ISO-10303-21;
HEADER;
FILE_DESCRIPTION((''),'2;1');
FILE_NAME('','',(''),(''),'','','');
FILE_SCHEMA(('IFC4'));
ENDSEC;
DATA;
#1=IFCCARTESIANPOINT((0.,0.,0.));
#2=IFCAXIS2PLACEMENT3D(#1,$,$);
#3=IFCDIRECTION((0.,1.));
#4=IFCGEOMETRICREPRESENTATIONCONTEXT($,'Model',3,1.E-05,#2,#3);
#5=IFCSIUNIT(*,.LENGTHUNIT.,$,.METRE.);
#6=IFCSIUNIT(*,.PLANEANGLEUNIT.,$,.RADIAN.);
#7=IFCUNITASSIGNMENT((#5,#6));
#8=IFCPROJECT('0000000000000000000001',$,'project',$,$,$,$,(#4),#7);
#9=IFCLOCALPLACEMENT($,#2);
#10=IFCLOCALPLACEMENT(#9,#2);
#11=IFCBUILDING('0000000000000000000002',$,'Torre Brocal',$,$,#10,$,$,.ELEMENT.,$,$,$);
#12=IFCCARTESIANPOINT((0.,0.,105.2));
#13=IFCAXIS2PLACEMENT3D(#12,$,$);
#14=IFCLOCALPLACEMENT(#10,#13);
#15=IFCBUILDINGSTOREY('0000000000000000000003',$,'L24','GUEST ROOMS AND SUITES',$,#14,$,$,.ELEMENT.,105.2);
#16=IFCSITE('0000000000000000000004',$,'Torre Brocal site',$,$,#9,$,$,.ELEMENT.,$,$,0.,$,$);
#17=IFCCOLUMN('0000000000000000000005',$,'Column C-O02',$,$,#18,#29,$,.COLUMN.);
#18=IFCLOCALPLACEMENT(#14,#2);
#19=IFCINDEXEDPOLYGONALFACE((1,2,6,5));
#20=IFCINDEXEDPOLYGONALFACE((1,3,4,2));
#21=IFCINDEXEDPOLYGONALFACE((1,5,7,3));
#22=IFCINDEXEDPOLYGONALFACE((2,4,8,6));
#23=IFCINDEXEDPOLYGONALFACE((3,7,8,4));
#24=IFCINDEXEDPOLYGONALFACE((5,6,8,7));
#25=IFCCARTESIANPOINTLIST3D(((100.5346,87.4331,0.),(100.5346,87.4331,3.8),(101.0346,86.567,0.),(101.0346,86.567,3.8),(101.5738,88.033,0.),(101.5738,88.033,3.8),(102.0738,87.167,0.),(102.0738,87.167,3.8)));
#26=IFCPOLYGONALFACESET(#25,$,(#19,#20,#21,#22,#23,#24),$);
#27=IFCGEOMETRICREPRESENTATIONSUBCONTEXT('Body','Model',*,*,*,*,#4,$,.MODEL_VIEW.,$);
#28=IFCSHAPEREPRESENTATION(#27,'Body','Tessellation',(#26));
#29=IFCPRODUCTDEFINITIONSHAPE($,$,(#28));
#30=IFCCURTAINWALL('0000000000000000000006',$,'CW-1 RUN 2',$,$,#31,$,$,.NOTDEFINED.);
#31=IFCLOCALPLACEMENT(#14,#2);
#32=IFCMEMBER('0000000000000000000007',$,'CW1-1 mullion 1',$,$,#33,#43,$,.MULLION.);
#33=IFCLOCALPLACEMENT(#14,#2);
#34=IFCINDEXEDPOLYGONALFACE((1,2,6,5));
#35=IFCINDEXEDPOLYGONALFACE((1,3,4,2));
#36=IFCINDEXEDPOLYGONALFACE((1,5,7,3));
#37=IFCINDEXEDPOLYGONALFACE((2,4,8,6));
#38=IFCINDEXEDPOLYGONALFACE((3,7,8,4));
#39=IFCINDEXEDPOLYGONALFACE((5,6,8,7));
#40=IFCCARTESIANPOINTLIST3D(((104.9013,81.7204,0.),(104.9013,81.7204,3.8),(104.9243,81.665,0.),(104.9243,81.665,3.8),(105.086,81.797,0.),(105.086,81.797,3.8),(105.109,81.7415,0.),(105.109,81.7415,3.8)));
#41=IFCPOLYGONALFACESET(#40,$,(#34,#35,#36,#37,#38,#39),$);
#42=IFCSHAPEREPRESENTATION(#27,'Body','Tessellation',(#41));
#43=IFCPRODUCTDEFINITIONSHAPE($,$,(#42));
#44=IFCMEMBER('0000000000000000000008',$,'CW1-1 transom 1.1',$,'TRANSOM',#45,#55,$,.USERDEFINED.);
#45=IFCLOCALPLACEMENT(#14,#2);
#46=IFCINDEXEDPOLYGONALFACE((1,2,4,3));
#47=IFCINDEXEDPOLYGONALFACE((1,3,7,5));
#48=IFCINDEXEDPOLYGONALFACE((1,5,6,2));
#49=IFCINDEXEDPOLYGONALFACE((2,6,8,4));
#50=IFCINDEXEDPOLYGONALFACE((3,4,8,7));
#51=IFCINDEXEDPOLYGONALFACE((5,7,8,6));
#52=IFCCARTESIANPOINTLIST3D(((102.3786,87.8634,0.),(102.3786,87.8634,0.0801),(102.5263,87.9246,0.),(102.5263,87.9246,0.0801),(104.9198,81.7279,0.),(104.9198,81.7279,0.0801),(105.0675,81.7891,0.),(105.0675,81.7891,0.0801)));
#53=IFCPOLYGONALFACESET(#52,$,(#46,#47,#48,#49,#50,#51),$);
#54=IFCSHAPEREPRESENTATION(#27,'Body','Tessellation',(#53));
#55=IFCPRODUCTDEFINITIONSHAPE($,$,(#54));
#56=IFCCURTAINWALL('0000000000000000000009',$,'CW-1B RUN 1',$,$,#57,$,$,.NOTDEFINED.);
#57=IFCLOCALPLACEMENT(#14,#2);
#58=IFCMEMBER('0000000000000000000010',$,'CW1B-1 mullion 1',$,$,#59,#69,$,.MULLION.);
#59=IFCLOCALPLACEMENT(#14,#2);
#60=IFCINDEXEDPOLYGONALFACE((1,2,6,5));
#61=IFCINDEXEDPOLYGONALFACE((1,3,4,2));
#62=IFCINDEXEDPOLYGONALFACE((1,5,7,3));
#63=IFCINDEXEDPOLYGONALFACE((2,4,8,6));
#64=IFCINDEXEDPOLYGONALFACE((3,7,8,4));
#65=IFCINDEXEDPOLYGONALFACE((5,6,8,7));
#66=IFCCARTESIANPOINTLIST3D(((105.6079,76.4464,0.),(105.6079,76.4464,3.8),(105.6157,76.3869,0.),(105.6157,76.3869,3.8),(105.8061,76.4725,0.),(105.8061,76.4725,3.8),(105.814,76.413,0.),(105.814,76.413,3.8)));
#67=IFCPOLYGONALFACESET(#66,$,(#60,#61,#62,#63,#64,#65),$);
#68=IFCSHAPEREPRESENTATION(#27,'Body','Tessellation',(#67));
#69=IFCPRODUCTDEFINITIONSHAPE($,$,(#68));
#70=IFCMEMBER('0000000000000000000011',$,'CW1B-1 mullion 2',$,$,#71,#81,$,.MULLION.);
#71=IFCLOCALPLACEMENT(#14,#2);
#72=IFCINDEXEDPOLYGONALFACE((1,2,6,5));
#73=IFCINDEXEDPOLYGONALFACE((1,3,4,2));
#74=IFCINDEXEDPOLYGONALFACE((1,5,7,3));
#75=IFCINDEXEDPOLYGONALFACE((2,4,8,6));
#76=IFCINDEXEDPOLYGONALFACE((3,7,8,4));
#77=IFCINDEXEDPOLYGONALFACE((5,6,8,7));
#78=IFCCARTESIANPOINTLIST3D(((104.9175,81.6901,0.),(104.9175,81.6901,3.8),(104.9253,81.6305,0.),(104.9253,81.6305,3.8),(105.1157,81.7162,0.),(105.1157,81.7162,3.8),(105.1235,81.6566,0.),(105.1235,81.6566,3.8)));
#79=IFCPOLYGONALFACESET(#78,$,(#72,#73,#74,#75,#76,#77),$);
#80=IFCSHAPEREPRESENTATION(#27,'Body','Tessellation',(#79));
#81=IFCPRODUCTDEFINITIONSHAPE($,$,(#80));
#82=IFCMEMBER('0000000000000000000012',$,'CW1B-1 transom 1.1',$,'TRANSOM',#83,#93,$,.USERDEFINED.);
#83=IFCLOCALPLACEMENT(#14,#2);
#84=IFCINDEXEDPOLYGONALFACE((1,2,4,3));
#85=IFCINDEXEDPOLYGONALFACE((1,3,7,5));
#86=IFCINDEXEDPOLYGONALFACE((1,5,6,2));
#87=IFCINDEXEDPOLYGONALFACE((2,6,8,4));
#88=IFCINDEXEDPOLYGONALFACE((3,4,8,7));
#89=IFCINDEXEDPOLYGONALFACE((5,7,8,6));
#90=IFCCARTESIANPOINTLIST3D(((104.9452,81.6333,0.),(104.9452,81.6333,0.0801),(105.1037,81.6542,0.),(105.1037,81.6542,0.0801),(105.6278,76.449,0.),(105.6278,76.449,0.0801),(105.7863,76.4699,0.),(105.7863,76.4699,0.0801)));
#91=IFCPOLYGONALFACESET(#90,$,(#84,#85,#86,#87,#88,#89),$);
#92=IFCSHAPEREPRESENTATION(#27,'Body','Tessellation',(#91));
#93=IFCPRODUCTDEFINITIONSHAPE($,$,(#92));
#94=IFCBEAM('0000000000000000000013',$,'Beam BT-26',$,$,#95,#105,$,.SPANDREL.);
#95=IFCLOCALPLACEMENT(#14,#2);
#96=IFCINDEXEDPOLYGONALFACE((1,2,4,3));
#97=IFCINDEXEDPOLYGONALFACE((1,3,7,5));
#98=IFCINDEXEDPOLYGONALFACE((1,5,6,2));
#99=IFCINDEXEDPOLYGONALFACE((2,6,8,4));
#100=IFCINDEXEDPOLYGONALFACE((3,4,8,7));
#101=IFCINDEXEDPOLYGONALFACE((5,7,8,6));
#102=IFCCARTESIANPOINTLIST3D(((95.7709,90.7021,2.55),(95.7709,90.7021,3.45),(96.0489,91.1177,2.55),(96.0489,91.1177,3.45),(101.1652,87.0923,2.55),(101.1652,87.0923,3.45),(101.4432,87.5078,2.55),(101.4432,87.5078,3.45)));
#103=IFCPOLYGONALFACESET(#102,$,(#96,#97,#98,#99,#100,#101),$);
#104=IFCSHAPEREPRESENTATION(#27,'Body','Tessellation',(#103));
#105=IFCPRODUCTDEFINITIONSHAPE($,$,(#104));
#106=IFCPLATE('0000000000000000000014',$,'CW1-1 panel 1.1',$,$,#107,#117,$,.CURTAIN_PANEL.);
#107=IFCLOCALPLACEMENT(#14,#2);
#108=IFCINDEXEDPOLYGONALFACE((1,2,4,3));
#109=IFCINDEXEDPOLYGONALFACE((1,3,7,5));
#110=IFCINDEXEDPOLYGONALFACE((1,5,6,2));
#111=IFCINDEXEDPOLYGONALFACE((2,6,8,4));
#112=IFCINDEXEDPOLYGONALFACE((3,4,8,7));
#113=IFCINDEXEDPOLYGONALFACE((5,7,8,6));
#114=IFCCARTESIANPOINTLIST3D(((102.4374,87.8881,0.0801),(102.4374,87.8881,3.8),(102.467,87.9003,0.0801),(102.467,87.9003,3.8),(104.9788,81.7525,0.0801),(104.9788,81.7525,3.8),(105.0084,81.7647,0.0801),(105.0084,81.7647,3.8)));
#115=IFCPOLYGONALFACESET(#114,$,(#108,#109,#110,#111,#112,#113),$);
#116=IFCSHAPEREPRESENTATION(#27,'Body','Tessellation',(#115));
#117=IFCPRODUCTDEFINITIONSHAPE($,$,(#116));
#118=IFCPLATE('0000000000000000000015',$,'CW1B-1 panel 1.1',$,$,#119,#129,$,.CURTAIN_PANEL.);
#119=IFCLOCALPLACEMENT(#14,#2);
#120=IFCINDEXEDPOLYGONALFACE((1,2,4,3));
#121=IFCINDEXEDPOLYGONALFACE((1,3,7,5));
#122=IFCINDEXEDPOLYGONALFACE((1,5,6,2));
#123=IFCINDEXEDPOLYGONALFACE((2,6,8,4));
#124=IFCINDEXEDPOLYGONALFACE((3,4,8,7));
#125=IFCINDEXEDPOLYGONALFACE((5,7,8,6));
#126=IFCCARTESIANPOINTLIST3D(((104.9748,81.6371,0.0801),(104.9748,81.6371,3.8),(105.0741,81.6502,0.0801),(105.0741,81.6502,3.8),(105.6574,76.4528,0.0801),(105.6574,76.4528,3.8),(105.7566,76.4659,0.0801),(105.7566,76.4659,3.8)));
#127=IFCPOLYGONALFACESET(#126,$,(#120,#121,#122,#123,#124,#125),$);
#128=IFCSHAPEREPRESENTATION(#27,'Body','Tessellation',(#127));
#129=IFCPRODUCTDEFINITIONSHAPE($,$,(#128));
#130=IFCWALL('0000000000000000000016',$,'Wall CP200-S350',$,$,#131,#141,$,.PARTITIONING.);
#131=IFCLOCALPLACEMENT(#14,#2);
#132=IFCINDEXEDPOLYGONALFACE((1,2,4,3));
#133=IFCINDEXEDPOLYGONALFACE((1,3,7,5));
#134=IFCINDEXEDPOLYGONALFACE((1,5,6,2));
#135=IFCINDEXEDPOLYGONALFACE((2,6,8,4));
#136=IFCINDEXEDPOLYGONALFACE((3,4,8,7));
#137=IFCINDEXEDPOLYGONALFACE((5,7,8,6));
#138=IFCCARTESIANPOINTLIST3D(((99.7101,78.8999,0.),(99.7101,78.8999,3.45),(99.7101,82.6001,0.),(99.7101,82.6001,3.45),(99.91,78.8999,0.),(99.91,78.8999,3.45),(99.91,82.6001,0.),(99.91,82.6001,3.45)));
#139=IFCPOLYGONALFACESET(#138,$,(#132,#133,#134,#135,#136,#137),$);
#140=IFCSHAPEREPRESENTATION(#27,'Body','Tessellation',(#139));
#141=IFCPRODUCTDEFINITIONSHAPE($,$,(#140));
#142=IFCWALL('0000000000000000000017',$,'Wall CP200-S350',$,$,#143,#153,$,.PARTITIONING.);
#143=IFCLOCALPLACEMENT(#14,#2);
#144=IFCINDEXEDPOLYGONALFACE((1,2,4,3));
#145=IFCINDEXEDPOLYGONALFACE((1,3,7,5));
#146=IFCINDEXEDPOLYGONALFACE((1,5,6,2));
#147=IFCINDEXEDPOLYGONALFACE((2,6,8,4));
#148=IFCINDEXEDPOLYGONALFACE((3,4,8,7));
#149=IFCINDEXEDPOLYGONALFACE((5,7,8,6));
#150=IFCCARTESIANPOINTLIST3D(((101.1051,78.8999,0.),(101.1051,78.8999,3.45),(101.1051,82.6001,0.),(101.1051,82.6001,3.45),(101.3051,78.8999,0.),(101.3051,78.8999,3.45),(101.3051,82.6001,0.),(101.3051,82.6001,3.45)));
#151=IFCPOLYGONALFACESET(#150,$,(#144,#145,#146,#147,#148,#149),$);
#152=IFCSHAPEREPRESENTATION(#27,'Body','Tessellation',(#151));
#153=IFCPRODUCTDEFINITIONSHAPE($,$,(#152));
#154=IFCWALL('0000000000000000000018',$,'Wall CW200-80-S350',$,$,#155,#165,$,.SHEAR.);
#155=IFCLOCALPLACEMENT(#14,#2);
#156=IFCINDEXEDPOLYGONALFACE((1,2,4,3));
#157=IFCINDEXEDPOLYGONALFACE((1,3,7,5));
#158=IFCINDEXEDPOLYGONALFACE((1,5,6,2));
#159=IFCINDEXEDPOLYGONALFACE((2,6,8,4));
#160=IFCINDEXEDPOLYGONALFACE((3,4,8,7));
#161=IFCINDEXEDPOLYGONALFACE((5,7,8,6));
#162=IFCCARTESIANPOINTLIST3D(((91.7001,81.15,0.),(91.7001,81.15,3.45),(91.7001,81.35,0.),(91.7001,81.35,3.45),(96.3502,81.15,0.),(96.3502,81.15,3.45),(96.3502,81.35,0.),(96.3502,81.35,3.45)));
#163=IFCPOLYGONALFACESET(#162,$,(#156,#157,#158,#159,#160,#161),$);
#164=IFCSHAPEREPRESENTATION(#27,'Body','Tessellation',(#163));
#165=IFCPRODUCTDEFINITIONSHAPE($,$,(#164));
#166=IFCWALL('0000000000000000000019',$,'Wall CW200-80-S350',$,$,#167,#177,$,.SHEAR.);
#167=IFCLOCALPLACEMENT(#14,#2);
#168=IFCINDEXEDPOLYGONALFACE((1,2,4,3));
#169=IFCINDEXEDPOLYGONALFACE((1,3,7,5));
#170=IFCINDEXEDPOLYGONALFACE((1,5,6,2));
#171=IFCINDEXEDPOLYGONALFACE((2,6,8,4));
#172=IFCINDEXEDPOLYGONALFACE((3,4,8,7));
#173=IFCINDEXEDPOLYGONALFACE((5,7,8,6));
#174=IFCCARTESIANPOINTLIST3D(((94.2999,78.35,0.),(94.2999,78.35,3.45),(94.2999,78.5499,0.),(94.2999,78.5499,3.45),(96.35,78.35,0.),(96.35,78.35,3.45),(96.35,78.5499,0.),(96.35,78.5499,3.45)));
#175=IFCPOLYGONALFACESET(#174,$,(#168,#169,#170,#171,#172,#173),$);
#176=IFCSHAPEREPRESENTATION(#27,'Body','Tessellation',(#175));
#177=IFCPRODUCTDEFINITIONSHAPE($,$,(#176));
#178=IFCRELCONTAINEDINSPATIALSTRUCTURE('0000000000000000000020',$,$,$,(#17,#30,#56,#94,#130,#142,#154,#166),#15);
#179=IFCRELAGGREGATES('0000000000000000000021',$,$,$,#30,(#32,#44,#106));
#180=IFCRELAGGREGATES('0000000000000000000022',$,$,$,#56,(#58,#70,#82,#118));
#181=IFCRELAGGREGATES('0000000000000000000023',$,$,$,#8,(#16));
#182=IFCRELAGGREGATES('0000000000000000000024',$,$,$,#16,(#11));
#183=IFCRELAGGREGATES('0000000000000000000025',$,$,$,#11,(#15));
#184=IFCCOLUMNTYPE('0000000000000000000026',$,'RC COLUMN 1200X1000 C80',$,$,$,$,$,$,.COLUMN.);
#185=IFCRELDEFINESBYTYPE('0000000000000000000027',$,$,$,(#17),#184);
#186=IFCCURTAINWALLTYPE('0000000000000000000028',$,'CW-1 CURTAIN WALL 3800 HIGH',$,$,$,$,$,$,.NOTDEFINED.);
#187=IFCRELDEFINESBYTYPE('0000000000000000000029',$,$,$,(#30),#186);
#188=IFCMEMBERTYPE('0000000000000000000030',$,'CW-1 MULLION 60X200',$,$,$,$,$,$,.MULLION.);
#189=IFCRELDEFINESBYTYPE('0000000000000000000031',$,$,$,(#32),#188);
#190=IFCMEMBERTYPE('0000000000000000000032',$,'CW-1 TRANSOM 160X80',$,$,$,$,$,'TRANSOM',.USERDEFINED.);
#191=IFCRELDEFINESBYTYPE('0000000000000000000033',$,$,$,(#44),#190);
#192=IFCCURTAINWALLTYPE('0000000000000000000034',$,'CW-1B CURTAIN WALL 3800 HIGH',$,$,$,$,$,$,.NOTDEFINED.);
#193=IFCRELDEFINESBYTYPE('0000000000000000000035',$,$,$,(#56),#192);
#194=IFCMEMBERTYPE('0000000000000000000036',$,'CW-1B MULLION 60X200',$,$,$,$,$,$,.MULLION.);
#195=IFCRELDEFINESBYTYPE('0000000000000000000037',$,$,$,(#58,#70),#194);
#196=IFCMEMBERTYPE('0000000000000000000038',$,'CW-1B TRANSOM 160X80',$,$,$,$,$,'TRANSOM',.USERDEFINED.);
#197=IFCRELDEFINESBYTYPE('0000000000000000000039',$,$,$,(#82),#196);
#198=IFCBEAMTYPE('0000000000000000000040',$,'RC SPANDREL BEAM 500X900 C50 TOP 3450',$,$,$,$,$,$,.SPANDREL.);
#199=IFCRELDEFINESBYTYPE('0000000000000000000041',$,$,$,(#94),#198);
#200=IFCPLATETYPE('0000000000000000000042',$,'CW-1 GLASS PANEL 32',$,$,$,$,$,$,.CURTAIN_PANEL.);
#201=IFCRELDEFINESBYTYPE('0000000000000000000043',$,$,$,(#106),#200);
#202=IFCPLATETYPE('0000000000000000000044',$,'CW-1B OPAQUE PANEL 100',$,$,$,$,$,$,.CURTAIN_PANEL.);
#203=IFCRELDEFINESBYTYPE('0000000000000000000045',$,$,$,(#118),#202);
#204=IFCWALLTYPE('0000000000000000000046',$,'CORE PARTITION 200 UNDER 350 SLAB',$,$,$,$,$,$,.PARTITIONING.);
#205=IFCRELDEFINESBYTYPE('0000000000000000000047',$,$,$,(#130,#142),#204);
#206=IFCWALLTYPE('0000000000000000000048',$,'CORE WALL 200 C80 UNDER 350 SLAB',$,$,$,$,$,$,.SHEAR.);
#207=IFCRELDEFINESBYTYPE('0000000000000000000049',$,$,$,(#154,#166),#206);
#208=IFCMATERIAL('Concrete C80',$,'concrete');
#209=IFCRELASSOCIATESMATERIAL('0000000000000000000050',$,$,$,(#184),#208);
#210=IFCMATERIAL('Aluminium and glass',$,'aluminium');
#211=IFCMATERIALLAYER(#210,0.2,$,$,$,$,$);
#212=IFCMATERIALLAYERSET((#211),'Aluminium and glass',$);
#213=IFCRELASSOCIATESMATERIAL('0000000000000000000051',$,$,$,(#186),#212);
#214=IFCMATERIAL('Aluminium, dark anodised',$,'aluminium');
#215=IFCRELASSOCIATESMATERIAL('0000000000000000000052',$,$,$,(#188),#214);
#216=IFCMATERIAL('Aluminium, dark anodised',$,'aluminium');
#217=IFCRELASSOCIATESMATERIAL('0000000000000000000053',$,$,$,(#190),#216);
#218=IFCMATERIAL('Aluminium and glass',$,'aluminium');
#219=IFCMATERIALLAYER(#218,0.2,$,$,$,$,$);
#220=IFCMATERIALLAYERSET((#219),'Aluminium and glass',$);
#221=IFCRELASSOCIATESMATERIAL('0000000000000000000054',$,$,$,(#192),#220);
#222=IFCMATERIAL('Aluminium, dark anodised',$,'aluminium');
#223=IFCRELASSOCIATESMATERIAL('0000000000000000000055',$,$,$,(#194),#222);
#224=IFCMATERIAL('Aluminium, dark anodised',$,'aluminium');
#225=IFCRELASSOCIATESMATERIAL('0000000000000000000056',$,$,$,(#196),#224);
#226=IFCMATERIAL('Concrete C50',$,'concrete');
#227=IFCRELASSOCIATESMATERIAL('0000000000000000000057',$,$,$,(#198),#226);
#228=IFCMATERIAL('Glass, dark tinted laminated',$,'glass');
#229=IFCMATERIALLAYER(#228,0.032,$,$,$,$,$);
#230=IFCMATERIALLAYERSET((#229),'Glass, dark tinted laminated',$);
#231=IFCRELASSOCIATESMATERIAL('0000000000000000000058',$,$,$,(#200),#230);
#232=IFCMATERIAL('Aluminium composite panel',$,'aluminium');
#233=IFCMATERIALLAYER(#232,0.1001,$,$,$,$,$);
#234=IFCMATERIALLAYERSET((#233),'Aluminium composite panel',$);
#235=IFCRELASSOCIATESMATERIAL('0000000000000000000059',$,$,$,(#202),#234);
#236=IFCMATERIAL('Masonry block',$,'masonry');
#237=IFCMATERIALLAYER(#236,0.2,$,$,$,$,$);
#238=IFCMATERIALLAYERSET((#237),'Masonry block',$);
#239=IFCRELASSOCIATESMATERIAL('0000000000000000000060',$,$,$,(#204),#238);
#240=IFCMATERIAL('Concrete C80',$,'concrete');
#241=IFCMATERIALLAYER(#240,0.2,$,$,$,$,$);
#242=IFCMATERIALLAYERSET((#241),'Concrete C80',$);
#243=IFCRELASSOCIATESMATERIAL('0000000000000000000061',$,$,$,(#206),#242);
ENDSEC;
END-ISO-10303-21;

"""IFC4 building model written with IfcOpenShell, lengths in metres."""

from ifc_helpers import new_model, si_unit, direction, frame, frame_2d, origin, origin_2d, place, context, subcontext, project, spatial, rectangle, extrude, material, layer, layer_set, material_profile, profile_set, type_object, element, aggregate, save


model = new_model("IFC4")

# Units and contexts
model_context = context("Model", 3, precision=1e-05, world=origin(), true_north=direction((0.0, 1.0)))
body_context = subcontext(model_context, "Body", "Model", "MODEL_VIEW")
ifc_project = project(units=[si_unit("LENGTHUNIT", "METRE"), si_unit("PLANEANGLEUNIT", "RADIAN")], contexts=[model_context])

# Site, building, storey
site_placement = place(None, origin())
site = spatial("IfcSite", under=ifc_project, at=site_placement, Name="Torre Brocal site", CompositionType="ELEMENT", RefElevation=0.0)
building_placement = place(site_placement, origin())
building = spatial("IfcBuilding", under=site, at=building_placement, Name="Torre Brocal", CompositionType="ELEMENT")
storey_placement = place(building_placement, frame((0.0, 0.0, 105.2)))
storey = spatial("IfcBuildingStorey", under=building, at=storey_placement, Name="L24", Description="GUEST ROOMS AND SUITES", CompositionType="ELEMENT", Elevation=105.2)

# Column
ifc_material_1 = material(Name="Concrete C80", Category="concrete")
ifc_material_profile_1 = material_profile(ifc_material_1, rectangle(XDim=1.2, YDim=1.0, at=origin_2d()), Name="RC 1200X1000")
ifc_profile_set_1 = profile_set([ifc_material_profile_1], Name="Concrete C80")
column_type = type_object("IfcColumnType", Name="RC COLUMN 1200X1000 C80", PredefinedType="COLUMN", material=ifc_profile_set_1)
column_placement = place(storey_placement, frame((101.3042, 87.3, 0.0), z_axis=(0.0, 0.0, 1.0), x_axis=(0.866025, 0.5, 0.0)))
element("IfcColumn", 1, at=column_placement, inside=storey, type_object=column_type, Name="Column C-O02", PredefinedType="COLUMN", context=body_context, shape_type="SweptSolid", body=[
    extrude(rectangle(XDim=1.2, YDim=1.0, at=origin_2d()), origin(), (0.0, 0.0, 1.0), 3.8),
])

# Curtain walls, members
ifc_material_2 = material(Name="Aluminium and glass", Category="aluminium")
ifc_layer_1 = layer(ifc_material_2, 0.2)
ifc_layer_set_1 = layer_set([ifc_layer_1], Name="Aluminium and glass")
curtain_wall_type_1 = type_object("IfcCurtainWallType", Name="CW-1 CURTAIN WALL 3800 HIGH", PredefinedType="NOTDEFINED", material=ifc_layer_set_1)
curtain_wall_1_placement = place(storey_placement, origin())
curtain_wall_1 = element("IfcCurtainWall", 2, at=curtain_wall_1_placement, inside=storey, type_object=curtain_wall_type_1, Name="CW-1 RUN 2", PredefinedType="NOTDEFINED")
ifc_material_3 = material(Name="Aluminium, dark anodised", Category="aluminium")
ifc_material_profile_2 = material_profile(ifc_material_3, rectangle(XDim=0.2, YDim=0.0601, at=origin_2d()), Name="CW-1 MULLION 60X200")
ifc_profile_set_2 = profile_set([ifc_material_profile_2], Name="Aluminium, dark anodised")
member_type_1 = type_object("IfcMemberType", Name="CW-1 MULLION 60X200", PredefinedType="MULLION", material=ifc_profile_set_2)
member_1_placement = place(storey_placement, frame((105.0051, 81.731, 0.0), z_axis=(0.0, 0.0, 1.0), x_axis=(-0.92388, -0.382683, 0.0)))
member_1 = element("IfcMember", 3, at=member_1_placement, type_object=member_type_1, Name="CW1-1 mullion 1", PredefinedType="MULLION", context=body_context, shape_type="SweptSolid", body=[
    extrude(rectangle(XDim=0.2, YDim=0.0601, at=origin_2d()), origin(), (0.0, 0.0, 1.0), 3.8),
])
ifc_material_4 = material(Name="Aluminium, dark anodised", Category="aluminium")
ifc_material_profile_3 = material_profile(ifc_material_4, rectangle(XDim=0.1599, YDim=0.0801, at=origin_2d()), Name="CW-1 TRANSOM 160X80")
ifc_profile_set_3 = profile_set([ifc_material_profile_3], Name="Aluminium, dark anodised")
member_type_2 = type_object("IfcMemberType", Name="CW-1 TRANSOM 160X80", ElementType="TRANSOM", PredefinedType="USERDEFINED", material=ifc_profile_set_3)
member_2_placement = place(storey_placement, frame((104.9937, 81.7585, 0.04), z_axis=(-0.382665, 0.923887, 0.0), x_axis=(-0.923887, -0.382665, 0.0)))
member_2 = element("IfcMember", 4, at=member_2_placement, type_object=member_type_2, Name="CW1-1 transom 1.1", ObjectType="TRANSOM", PredefinedType="USERDEFINED", context=body_context, shape_type="SweptSolid", body=[
    extrude(rectangle(XDim=0.1599, YDim=0.0801, at=origin_2d()), origin(), (0.0, 0.0, 1.0), 6.6409),
])
ifc_material_5 = material(Name="Aluminium and glass", Category="aluminium")
ifc_layer_2 = layer(ifc_material_5, 0.2)
ifc_layer_set_2 = layer_set([ifc_layer_2], Name="Aluminium and glass")
curtain_wall_type_2 = type_object("IfcCurtainWallType", Name="CW-1B CURTAIN WALL 3800 HIGH", PredefinedType="NOTDEFINED", material=ifc_layer_set_2)
curtain_wall_2_placement = place(storey_placement, origin())
curtain_wall_2 = element("IfcCurtainWall", 5, at=curtain_wall_2_placement, inside=storey, type_object=curtain_wall_type_2, Name="CW-1B RUN 1", PredefinedType="NOTDEFINED")
ifc_material_6 = material(Name="Aluminium, dark anodised", Category="aluminium")
ifc_material_profile_4 = material_profile(ifc_material_6, rectangle(XDim=0.2, YDim=0.0601, at=origin_2d()), Name="CW-1B MULLION 60X200")
ifc_profile_set_4 = profile_set([ifc_material_profile_4], Name="Aluminium, dark anodised")
member_type_3 = type_object("IfcMemberType", Name="CW-1B MULLION 60X200", PredefinedType="MULLION", material=ifc_profile_set_4)
member_3_placement = place(storey_placement, frame((105.7109, 76.4297, 0.0), z_axis=(0.0, 0.0, 1.0), x_axis=(-0.991445, -0.130526, 0.0)))
member_3 = element("IfcMember", 6, at=member_3_placement, type_object=member_type_3, Name="CW1B-1 mullion 1", PredefinedType="MULLION", context=body_context, shape_type="SweptSolid", body=[
    extrude(rectangle(XDim=0.2, YDim=0.0601, at=origin_2d()), origin(), (0.0, 0.0, 1.0), 3.8),
])
member_4_placement = place(storey_placement, frame((105.0205, 81.6733, 0.0), z_axis=(0.0, 0.0, 1.0), x_axis=(-0.991445, -0.130526, 0.0)))
member_4 = element("IfcMember", 7, at=member_4_placement, type_object=member_type_3, Name="CW1B-1 mullion 2", PredefinedType="MULLION", context=body_context, shape_type="SweptSolid", body=[
    extrude(rectangle(XDim=0.2, YDim=0.0601, at=origin_2d()), origin(), (0.0, 0.0, 1.0), 3.8),
])
ifc_material_7 = material(Name="Aluminium, dark anodised", Category="aluminium")
ifc_material_profile_5 = material_profile(ifc_material_7, rectangle(XDim=0.1599, YDim=0.0801, at=origin_2d()), Name="CW-1B TRANSOM 160X80")
ifc_profile_set_5 = profile_set([ifc_material_profile_5], Name="Aluminium, dark anodised")
member_type_4 = type_object("IfcMemberType", Name="CW-1B TRANSOM 160X80", ElementType="TRANSOM", PredefinedType="USERDEFINED", material=ifc_profile_set_5)
member_5_placement = place(storey_placement, frame((105.707, 76.4595, 0.04), z_axis=(-0.130543, 0.991443, 0.0), x_axis=(-0.991443, -0.130543, 0.0)))
member_5 = element("IfcMember", 8, at=member_5_placement, type_object=member_type_4, Name="CW1B-1 transom 1.1", ObjectType="TRANSOM", PredefinedType="USERDEFINED", context=body_context, shape_type="SweptSolid", body=[
    extrude(rectangle(XDim=0.1599, YDim=0.0801, at=origin_2d()), origin(), (0.0, 0.0, 1.0), 5.229),
])

# Beam
ifc_material_8 = material(Name="Concrete C50", Category="concrete")
ifc_material_profile_6 = material_profile(ifc_material_8, rectangle(XDim=0.5, YDim=0.8999, at=origin_2d()), Name="RC 500X900")
ifc_profile_set_6 = profile_set([ifc_material_profile_6], Name="Concrete C50")
beam_type = type_object("IfcBeamType", Name="RC SPANDREL BEAM 500X900 C50 TOP 3450", PredefinedType="SPANDREL", material=ifc_profile_set_6)
beam_placement = place(storey_placement, frame((101.3042, 87.3, 3.0), z_axis=(-0.831077, 0.556158, 0.0), x_axis=(-0.556158, -0.831077, 0.0)))
element("IfcBeam", 9, at=beam_placement, inside=storey, type_object=beam_type, Name="Beam BT-26", PredefinedType="SPANDREL", context=body_context, shape_type="SweptSolid", body=[
    extrude(rectangle(XDim=0.5, YDim=0.8999, at=origin_2d()), origin(), (0.0, 0.0, 1.0), 6.4907),
])

# Plates
ifc_material_9 = material(Name="Glass, dark tinted laminated", Category="glass")
ifc_layer_3 = layer(ifc_material_9, 0.032)
ifc_layer_set_3 = layer_set([ifc_layer_3], Name="Glass, dark tinted laminated")
plate_type_1 = type_object("IfcPlateType", Name="CW-1 GLASS PANEL 32", PredefinedType="CURTAIN_PANEL", material=ifc_layer_set_3)
plate_1_placement = place(storey_placement, frame((103.7229, 84.8264, 0.0801), z_axis=(0.0, 0.0, 1.0), x_axis=(-0.382683, 0.92388, 0.0)))
plate_1 = element("IfcPlate", 10, at=plate_1_placement, type_object=plate_type_1, Name="CW1-1 panel 1.1", PredefinedType="CURTAIN_PANEL", context=body_context, shape_type="SweptSolid", body=[
    extrude(rectangle(XDim=6.6411, YDim=0.032, at=origin_2d()), origin(), (0.0, 0.0, 1.0), 3.72),
])
aggregate(curtain_wall_1, [member_1, member_2, plate_1])
ifc_material_10 = material(Name="Aluminium composite panel", Category="aluminium")
ifc_layer_4 = layer(ifc_material_10, 0.1001)
ifc_layer_set_4 = layer_set([ifc_layer_4], Name="Aluminium composite panel")
plate_type_2 = type_object("IfcPlateType", Name="CW-1B OPAQUE PANEL 100", PredefinedType="CURTAIN_PANEL", material=ifc_layer_set_4)
plate_2_placement = place(storey_placement, frame((105.3657, 79.0515, 0.0801), z_axis=(0.0, 0.0, 1.0), x_axis=(-0.130526, 0.991445, 0.0)))
plate_2 = element("IfcPlate", 11, at=plate_2_placement, type_object=plate_type_2, Name="CW1B-1 panel 1.1", PredefinedType="CURTAIN_PANEL", context=body_context, shape_type="SweptSolid", body=[
    extrude(rectangle(XDim=5.229, YDim=0.1001, at=origin_2d()), origin(), (0.0, 0.0, 1.0), 3.72),
])
aggregate(curtain_wall_2, [member_3, member_4, member_5, plate_2])

# Walls
ifc_material_11 = material(Name="Masonry block", Category="masonry")
ifc_layer_5 = layer(ifc_material_11, 0.2)
ifc_layer_set_5 = layer_set([ifc_layer_5], Name="Masonry block")
wall_type_1 = type_object("IfcWallType", Name="CORE PARTITION 200 UNDER 350 SLAB", PredefinedType="PARTITIONING", material=ifc_layer_set_5)
for number, where, z_axis, x_axis, name in (
    (12, (99.8101, 78.8999, 0.0), (0.0, 0.0, 1.0), (0.0, 1.0, 0.0), "Wall CP200-S350"),
    (13, (101.2051, 78.8999, 0.0), (0.0, 0.0, 1.0), (0.0, 1.0, 0.0), "Wall CP200-S350"),
):
    element("IfcWall", number, at=place(storey_placement, frame(where, z_axis=z_axis, x_axis=x_axis)), inside=storey, type_object=wall_type_1, Name=name, PredefinedType="PARTITIONING", context=body_context, shape_type="SweptSolid", body=[
        extrude(rectangle(XDim=3.7002, YDim=0.2, at=frame_2d((1.8501, 0.0))), origin(), (0.0, 0.0, 1.0), 3.45),
    ])
ifc_material_12 = material(Name="Concrete C80", Category="concrete")
ifc_layer_6 = layer(ifc_material_12, 0.2)
ifc_layer_set_6 = layer_set([ifc_layer_6], Name="Concrete C80")
wall_type_2 = type_object("IfcWallType", Name="CORE WALL 200 C80 UNDER 350 SLAB", PredefinedType="SHEAR", material=ifc_layer_set_6)
wall_1_placement = place(storey_placement, frame((91.7, 81.25, 0.0), z_axis=(0.0, 0.0, 1.0), x_axis=(1.0, 0.0, 0.0)))
element("IfcWall", 14, at=wall_1_placement, inside=storey, type_object=wall_type_2, Name="Wall CW200-80-S350", PredefinedType="SHEAR", context=body_context, shape_type="SweptSolid", body=[
    extrude(rectangle(XDim=4.6501, YDim=0.2, at=frame_2d((2.3252, 0.0))), origin(), (0.0, 0.0, 1.0), 3.45),
])
wall_2_placement = place(storey_placement, frame((94.3, 78.45, 0.0), z_axis=(0.0, 0.0, 1.0), x_axis=(1.0, 0.0, 0.0)))
element("IfcWall", 15, at=wall_2_placement, inside=storey, type_object=wall_type_2, Name="Wall CW200-80-S350", PredefinedType="SHEAR", context=body_context, shape_type="SweptSolid", body=[
    extrude(rectangle(XDim=2.05, YDim=0.2, at=frame_2d((1.0249, 0.0))), origin(), (0.0, 0.0, 1.0), 3.45),
])

save(model, "model.ifc")
